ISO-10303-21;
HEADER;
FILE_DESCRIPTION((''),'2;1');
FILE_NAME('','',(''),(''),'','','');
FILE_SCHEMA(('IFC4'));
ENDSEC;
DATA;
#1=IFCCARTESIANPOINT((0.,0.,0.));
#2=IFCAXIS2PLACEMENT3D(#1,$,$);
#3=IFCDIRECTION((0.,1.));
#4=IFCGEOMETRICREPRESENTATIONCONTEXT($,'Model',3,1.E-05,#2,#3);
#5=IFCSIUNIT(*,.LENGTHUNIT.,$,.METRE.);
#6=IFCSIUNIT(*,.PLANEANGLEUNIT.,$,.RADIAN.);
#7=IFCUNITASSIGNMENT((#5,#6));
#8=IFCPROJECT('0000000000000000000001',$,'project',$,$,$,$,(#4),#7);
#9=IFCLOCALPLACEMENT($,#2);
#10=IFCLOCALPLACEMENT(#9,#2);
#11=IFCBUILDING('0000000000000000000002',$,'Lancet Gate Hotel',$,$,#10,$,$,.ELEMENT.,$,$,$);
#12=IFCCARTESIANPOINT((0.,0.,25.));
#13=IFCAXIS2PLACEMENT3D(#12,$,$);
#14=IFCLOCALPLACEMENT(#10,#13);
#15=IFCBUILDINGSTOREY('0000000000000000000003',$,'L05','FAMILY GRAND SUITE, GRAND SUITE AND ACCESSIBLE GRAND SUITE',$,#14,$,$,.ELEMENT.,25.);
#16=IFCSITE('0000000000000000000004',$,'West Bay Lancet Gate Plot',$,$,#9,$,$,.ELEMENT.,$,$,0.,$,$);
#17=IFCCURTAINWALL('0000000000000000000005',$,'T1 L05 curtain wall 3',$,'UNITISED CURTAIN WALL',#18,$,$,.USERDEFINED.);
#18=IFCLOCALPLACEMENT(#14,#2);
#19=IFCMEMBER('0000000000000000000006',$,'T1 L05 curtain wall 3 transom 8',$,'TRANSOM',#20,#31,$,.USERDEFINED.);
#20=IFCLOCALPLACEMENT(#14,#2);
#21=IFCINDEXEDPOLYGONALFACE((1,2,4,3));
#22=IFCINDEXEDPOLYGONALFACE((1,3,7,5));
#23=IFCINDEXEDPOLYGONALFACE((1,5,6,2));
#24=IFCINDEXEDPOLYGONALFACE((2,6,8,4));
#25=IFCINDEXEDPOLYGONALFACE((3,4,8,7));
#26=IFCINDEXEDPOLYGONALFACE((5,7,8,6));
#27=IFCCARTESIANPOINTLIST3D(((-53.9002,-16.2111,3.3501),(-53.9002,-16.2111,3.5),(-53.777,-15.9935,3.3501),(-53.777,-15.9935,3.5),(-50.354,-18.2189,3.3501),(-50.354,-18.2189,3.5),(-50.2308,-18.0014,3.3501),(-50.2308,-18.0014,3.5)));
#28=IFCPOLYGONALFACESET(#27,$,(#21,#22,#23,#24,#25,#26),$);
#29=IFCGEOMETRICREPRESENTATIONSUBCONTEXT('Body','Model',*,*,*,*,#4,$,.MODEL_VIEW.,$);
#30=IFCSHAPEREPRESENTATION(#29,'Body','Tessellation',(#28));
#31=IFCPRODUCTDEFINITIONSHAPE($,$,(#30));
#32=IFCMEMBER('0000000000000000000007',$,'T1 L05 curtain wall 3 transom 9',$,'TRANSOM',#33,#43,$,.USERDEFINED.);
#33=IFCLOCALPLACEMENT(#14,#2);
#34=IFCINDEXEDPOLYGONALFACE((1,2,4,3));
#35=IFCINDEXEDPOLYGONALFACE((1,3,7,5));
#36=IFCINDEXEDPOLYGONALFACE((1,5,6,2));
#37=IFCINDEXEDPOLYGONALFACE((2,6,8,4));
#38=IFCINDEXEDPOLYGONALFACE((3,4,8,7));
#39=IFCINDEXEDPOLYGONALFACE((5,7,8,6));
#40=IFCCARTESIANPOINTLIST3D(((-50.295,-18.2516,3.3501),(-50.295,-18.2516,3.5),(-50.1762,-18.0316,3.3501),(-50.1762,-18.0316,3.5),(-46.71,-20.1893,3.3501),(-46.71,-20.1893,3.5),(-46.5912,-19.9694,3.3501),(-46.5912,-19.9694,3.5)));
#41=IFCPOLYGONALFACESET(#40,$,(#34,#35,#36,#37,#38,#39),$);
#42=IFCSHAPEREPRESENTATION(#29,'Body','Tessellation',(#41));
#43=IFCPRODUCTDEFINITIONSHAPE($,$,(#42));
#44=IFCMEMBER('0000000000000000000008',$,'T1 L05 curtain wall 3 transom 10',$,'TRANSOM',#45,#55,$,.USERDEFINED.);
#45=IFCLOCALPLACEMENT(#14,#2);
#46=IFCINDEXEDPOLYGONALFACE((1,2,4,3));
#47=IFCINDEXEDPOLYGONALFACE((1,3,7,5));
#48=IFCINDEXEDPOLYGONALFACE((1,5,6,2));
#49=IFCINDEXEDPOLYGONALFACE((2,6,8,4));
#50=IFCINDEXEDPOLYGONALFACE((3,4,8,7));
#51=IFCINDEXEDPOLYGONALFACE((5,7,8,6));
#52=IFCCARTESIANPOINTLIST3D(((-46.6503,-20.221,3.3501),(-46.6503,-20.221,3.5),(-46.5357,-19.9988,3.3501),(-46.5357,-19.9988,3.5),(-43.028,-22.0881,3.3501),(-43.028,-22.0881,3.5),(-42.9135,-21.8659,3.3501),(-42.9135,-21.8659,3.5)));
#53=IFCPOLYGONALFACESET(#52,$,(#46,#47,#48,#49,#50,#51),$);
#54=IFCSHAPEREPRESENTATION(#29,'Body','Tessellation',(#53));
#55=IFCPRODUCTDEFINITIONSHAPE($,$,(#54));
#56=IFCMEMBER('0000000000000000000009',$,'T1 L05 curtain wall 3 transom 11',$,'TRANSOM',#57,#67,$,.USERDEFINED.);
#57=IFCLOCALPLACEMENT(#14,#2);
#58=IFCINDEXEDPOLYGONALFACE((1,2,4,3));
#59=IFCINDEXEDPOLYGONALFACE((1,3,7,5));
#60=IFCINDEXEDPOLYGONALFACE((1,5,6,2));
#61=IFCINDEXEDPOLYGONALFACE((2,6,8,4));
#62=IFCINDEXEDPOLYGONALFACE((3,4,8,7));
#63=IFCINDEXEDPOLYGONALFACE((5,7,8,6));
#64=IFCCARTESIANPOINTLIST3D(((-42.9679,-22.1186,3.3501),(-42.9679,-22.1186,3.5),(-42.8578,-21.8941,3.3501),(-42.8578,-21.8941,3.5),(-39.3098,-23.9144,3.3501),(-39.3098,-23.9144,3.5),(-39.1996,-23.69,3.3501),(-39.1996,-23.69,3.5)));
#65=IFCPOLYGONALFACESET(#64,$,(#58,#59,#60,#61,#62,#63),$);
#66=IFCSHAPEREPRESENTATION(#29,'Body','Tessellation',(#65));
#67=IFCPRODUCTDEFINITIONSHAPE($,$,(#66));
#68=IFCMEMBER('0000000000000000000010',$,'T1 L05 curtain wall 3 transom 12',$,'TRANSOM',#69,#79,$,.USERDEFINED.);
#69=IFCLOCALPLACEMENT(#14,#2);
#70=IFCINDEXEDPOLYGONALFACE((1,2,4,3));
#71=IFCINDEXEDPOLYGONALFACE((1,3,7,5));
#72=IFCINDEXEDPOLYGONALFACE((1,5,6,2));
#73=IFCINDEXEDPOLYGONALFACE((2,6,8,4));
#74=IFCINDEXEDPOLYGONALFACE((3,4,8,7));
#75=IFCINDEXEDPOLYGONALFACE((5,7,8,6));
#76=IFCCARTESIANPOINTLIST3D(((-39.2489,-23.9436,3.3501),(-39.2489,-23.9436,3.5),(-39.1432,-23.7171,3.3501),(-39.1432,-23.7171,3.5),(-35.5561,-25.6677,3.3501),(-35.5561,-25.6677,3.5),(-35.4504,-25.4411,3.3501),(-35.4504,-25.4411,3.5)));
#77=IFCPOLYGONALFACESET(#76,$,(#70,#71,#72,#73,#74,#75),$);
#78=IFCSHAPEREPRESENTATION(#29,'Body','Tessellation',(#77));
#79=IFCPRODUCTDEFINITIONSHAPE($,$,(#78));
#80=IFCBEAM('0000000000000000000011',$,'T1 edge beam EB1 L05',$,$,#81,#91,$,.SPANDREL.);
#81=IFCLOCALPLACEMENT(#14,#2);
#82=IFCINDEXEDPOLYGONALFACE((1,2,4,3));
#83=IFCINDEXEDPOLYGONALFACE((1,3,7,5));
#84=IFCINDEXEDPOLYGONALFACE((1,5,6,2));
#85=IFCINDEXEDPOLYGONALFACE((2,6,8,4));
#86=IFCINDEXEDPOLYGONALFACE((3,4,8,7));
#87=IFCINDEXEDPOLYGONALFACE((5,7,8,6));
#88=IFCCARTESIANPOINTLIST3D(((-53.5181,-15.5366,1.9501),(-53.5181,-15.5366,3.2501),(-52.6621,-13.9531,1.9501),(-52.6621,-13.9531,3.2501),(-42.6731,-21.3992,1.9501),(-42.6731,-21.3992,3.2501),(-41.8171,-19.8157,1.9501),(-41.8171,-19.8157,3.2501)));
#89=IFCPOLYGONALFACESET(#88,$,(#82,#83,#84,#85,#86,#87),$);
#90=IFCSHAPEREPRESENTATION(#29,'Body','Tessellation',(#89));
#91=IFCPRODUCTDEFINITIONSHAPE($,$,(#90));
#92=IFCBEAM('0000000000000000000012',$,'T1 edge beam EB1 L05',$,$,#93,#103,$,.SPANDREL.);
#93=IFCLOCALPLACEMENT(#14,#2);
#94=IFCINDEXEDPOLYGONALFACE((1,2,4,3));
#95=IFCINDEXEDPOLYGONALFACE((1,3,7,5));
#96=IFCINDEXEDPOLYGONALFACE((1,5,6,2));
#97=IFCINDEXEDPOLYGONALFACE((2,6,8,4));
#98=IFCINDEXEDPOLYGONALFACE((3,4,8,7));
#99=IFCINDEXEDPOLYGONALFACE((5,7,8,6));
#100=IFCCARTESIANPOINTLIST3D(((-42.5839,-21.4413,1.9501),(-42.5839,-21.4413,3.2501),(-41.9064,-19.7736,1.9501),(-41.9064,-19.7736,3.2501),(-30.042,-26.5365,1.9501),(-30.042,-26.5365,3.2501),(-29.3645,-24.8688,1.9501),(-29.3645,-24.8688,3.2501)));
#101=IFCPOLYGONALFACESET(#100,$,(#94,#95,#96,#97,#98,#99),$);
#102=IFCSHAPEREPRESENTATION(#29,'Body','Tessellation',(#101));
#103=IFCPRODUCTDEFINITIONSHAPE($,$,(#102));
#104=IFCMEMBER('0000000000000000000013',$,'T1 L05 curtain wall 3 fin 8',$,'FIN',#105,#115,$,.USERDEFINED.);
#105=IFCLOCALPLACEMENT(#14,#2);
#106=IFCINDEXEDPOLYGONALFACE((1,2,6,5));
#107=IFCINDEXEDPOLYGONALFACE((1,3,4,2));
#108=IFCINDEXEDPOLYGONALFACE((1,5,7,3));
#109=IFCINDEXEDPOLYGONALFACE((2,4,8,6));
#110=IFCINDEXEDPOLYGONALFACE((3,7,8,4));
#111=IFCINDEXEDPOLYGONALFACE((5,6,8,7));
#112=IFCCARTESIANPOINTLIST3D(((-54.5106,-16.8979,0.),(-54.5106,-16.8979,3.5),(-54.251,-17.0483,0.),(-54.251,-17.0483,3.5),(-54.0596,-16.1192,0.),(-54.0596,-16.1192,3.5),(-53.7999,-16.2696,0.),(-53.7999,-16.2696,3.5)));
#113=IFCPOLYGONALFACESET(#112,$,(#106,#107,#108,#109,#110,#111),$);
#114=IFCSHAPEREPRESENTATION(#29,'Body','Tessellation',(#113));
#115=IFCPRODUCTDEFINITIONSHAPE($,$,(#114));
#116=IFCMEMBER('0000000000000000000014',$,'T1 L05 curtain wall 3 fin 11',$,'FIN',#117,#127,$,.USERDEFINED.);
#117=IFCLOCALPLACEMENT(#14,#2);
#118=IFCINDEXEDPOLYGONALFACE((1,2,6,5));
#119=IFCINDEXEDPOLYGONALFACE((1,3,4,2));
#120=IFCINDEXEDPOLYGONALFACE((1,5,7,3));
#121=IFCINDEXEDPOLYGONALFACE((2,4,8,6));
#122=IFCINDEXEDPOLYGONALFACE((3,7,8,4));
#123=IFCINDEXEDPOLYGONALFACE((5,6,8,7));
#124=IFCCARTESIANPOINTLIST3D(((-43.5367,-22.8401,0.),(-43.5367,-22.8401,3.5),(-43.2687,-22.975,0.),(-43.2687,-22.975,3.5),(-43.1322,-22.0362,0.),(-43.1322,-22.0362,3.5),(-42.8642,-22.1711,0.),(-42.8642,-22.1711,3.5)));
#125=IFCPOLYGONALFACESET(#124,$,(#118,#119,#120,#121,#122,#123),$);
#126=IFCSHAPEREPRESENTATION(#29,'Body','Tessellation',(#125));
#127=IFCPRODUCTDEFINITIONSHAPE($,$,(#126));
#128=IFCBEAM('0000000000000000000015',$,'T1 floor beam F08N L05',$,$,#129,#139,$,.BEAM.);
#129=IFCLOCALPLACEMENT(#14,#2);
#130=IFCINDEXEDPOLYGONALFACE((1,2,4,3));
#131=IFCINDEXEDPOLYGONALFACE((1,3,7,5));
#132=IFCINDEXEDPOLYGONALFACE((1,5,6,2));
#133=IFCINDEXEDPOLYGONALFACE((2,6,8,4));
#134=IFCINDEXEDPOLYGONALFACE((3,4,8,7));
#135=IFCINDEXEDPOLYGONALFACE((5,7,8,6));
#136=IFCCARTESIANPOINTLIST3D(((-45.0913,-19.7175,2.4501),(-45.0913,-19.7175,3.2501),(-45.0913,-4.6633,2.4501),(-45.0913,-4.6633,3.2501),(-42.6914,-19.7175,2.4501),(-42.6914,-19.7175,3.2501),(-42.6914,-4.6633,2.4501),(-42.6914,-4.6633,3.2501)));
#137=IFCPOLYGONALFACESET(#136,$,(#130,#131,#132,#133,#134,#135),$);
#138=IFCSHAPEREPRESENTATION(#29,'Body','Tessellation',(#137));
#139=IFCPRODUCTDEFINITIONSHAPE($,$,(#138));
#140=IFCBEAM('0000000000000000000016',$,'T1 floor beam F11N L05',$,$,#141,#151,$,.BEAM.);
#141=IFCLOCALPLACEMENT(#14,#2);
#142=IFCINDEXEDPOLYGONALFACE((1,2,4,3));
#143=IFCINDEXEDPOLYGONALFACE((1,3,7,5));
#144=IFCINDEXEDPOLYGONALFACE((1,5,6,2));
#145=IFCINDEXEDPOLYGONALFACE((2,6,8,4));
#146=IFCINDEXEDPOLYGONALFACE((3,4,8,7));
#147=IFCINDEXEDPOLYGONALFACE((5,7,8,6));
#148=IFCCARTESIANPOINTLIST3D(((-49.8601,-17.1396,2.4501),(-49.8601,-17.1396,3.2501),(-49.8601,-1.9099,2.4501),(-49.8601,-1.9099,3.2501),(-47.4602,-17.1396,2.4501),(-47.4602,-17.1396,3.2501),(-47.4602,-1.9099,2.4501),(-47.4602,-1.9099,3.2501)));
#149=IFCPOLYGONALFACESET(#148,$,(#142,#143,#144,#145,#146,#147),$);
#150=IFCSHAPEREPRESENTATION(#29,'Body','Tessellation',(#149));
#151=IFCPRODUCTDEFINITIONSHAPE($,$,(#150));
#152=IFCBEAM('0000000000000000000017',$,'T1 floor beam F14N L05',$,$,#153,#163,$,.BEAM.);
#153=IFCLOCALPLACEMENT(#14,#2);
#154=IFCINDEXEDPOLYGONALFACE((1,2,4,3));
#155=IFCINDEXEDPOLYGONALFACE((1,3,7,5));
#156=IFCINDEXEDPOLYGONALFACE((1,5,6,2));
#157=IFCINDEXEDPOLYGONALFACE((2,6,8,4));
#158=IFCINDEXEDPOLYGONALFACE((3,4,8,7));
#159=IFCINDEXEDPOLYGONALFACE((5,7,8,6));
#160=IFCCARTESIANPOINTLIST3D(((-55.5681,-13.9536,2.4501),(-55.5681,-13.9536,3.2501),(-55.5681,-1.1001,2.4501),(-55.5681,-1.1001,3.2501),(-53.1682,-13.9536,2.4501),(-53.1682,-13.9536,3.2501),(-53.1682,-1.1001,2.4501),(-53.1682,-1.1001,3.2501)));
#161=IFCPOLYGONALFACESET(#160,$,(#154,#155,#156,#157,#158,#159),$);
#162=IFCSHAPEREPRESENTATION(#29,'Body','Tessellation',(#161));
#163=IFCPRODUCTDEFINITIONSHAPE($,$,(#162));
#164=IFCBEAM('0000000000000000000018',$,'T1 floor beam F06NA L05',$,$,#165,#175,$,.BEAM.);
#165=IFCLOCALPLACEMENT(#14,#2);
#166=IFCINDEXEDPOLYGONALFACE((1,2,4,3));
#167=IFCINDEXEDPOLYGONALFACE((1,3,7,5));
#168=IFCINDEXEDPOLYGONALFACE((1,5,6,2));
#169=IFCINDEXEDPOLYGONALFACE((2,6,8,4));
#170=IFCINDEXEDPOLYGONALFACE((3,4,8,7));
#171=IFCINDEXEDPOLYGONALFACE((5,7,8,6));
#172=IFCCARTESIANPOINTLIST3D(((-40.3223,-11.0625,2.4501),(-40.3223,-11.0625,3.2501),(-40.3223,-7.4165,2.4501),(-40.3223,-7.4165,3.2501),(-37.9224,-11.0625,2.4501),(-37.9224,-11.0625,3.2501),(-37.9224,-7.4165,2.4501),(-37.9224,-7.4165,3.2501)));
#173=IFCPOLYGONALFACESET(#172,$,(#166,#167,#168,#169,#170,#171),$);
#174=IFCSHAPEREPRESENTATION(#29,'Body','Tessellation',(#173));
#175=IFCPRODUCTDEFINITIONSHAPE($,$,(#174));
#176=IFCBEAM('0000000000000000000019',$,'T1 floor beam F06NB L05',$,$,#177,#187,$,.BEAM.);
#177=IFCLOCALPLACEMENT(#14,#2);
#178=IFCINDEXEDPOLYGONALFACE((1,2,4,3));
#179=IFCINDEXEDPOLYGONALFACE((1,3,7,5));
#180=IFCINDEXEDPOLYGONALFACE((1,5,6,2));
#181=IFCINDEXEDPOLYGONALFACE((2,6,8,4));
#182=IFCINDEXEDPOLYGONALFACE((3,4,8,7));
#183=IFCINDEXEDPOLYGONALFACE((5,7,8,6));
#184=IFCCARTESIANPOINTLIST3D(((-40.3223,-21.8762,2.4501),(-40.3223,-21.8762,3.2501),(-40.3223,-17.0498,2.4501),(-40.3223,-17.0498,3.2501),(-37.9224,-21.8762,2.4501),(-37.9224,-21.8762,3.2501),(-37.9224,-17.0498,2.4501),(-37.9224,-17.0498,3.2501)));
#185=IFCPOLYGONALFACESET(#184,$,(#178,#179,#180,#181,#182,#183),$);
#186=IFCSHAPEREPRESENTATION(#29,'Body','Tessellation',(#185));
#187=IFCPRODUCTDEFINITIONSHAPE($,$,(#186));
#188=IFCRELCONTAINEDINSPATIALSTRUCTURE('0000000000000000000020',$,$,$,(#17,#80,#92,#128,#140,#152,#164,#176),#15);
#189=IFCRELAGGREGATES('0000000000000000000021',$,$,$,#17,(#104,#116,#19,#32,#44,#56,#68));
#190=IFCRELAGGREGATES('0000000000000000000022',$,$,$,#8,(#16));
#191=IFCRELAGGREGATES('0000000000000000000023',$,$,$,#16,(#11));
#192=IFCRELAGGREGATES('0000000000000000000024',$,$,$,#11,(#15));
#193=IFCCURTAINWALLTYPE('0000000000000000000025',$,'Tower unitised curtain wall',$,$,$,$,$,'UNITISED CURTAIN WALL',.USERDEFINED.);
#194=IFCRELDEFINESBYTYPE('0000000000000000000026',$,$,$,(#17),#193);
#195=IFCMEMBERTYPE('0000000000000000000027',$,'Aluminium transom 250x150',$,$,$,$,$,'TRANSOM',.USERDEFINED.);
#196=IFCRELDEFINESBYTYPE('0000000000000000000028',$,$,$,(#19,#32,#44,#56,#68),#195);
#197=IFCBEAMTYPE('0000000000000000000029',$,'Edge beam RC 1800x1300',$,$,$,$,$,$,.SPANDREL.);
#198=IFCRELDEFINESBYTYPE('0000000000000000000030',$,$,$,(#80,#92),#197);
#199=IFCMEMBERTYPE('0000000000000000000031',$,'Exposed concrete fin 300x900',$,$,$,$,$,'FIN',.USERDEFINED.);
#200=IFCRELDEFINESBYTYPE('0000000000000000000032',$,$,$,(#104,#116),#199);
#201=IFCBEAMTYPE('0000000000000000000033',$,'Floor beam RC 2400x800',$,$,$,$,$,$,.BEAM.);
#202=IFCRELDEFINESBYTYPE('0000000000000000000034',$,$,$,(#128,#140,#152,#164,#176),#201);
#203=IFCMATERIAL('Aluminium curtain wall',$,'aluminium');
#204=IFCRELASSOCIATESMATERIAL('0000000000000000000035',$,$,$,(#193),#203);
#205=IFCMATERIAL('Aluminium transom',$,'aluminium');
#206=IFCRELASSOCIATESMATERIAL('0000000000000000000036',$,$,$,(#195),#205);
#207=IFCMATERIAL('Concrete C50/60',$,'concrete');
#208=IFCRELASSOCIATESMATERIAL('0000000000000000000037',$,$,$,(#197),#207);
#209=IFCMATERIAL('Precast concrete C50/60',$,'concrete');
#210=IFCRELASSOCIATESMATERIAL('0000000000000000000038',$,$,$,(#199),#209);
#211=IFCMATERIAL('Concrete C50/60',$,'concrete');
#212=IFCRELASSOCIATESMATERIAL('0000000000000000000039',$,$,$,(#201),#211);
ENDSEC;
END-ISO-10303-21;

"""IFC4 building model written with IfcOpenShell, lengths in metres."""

from ifc_helpers import new_model, si_unit, direction, frame, origin, origin_2d, place, context, subcontext, project, spatial, rectangle, extrude, material, material_profile, profile_set, type_object, element, aggregate, save


model = new_model("IFC4")

# Units and contexts
model_context = context("Model", 3, precision=1e-05, world=origin(), true_north=direction((0.0, 1.0)))
body_context = subcontext(model_context, "Body", "Model", "MODEL_VIEW")
ifc_project = project(units=[si_unit("LENGTHUNIT", "METRE"), si_unit("PLANEANGLEUNIT", "RADIAN")], contexts=[model_context])

# Site, building, storey
site_placement = place(None, origin())
site = spatial("IfcSite", under=ifc_project, at=site_placement, Name="West Bay Lancet Gate Plot", CompositionType="ELEMENT", RefElevation=0.0)
building_placement = place(site_placement, origin())
building = spatial("IfcBuilding", under=site, at=building_placement, Name="Lancet Gate Hotel", CompositionType="ELEMENT")
storey_placement = place(building_placement, frame((0.0, 0.0, 25.0)))
storey = spatial("IfcBuildingStorey", under=building, at=storey_placement, Name="L05", Description="FAMILY GRAND SUITE, GRAND SUITE AND ACCESSIBLE GRAND SUITE", CompositionType="ELEMENT", Elevation=25.0)

# Curtain wall, members
ifc_material_1 = material(Name="Aluminium curtain wall", Category="aluminium")
curtain_wall_type = type_object("IfcCurtainWallType", Name="Tower unitised curtain wall", ElementType="UNITISED CURTAIN WALL", PredefinedType="USERDEFINED", material=ifc_material_1)
curtain_wall_placement = place(storey_placement, origin())
curtain_wall = element("IfcCurtainWall", 1, at=curtain_wall_placement, inside=storey, type_object=curtain_wall_type, Name="T1 L05 curtain wall 3", ObjectType="UNITISED CURTAIN WALL", PredefinedType="USERDEFINED")
ifc_material_2 = material(Name="Aluminium transom", Category="aluminium")
ifc_material_profile_1 = material_profile(ifc_material_2, rectangle(XDim=0.25, YDim=0.1499, at=origin_2d()), Name="TRANSOM 250x150")
ifc_profile_set_1 = profile_set([ifc_material_profile_1], Name="Aluminium transom")
member_type_1 = type_object("IfcMemberType", Name="Aluminium transom 250x150", ElementType="TRANSOM", PredefinedType="USERDEFINED", material=ifc_profile_set_1)
member_1_placement = place(storey_placement, frame((-53.8386, -16.1023, 3.425), z_axis=(0.870198, -0.492703, 0.0), x_axis=(0.492703, 0.870198, 0.0)))
member_1 = element("IfcMember", 2, at=member_1_placement, type_object=member_type_1, Name="T1 L05 curtain wall 3 transom 8", ObjectType="TRANSOM", PredefinedType="USERDEFINED", context=body_context, shape_type="SweptSolid", body=[
    extrude(rectangle(XDim=0.25, YDim=0.1499, at=origin_2d()), origin(), (0.0, 0.0, 1.0), 4.0752),
])
member_2_placement = place(storey_placement, frame((-50.2356, -18.1416, 3.425), z_axis=(0.879714, -0.475503, 0.0), x_axis=(0.475503, 0.879714, 0.0)))
member_2 = element("IfcMember", 3, at=member_2_placement, type_object=member_type_1, Name="T1 L05 curtain wall 3 transom 9", ObjectType="TRANSOM", PredefinedType="USERDEFINED", context=body_context, shape_type="SweptSolid", body=[
    extrude(rectangle(XDim=0.25, YDim=0.1499, at=origin_2d()), origin(), (0.0, 0.0, 1.0), 4.0752),
])
member_3_placement = place(storey_placement, frame((-46.593, -20.1099, 3.425), z_axis=(0.88886, -0.458179, 0.0), x_axis=(0.458179, 0.88886, 0.0)))
member_3 = element("IfcMember", 4, at=member_3_placement, type_object=member_type_1, Name="T1 L05 curtain wall 3 transom 10", ObjectType="TRANSOM", PredefinedType="USERDEFINED", context=body_context, shape_type="SweptSolid", body=[
    extrude(rectangle(XDim=0.25, YDim=0.1499, at=origin_2d()), origin(), (0.0, 0.0, 1.0), 4.0752),
])
member_4_placement = place(storey_placement, frame((-42.9128, -22.0063, 3.425), z_axis=(0.897662, -0.440684, 0.0), x_axis=(0.440684, 0.897662, 0.0)))
member_4 = element("IfcMember", 5, at=member_4_placement, type_object=member_type_1, Name="T1 L05 curtain wall 3 transom 11", ObjectType="TRANSOM", PredefinedType="USERDEFINED", context=body_context, shape_type="SweptSolid", body=[
    extrude(rectangle(XDim=0.25, YDim=0.1499, at=origin_2d()), origin(), (0.0, 0.0, 1.0), 4.0752),
])
member_5_placement = place(storey_placement, frame((-39.196, -23.8303, 3.425), z_axis=(0.90611, -0.423043, 0.0), x_axis=(0.423043, 0.90611, 0.0)))
member_5 = element("IfcMember", 6, at=member_5_placement, type_object=member_type_1, Name="T1 L05 curtain wall 3 transom 12", ObjectType="TRANSOM", PredefinedType="USERDEFINED", context=body_context, shape_type="SweptSolid", body=[
    extrude(rectangle(XDim=0.25, YDim=0.1499, at=origin_2d()), origin(), (0.0, 0.0, 1.0), 4.0754),
])

# Beams
ifc_material_3 = material(Name="Concrete C50/60", Category="concrete")
ifc_material_profile_2 = material_profile(ifc_material_3, rectangle(XDim=1.8, YDim=1.3, at=origin_2d()), Name="RC 1800x1300")
ifc_profile_set_2 = profile_set([ifc_material_profile_2], Name="Concrete C50/60")
beam_type_1 = type_object("IfcBeamType", Name="Edge beam RC 1800x1300", PredefinedType="SPANDREL", material=ifc_profile_set_2)
beam_1_placement = place(storey_placement, frame((-53.0901, -14.7449, 2.6001), z_axis=(0.879693, -0.475542, 0.0), x_axis=(0.475542, 0.879693, 0.0)))
element("IfcBeam", 7, at=beam_1_placement, inside=storey, type_object=beam_type_1, Name="T1 edge beam EB1 L05", PredefinedType="SPANDREL", context=body_context, shape_type="SweptSolid", body=[
    extrude(rectangle(XDim=1.8, YDim=1.3, at=origin_2d()), origin(), (0.0, 0.0, 1.0), 12.3281),
])
beam_2_placement = place(storey_placement, frame((-42.2451, -20.6074, 2.6001), z_axis=(0.926463, -0.376385, 0.0), x_axis=(0.376385, 0.926463, 0.0)))
element("IfcBeam", 8, at=beam_2_placement, inside=storey, type_object=beam_type_1, Name="T1 edge beam EB1 L05", PredefinedType="SPANDREL", context=body_context, shape_type="SweptSolid", body=[
    extrude(rectangle(XDim=1.8, YDim=1.3, at=origin_2d()), origin(), (0.0, 0.0, 1.0), 13.5374),
])

# Members
ifc_material_4 = material(Name="Precast concrete C50/60", Category="concrete")
ifc_material_profile_3 = material_profile(ifc_material_4, rectangle(XDim=0.3, YDim=0.8999, at=origin_2d()), Name="FIN 300x900")
ifc_profile_set_3 = profile_set([ifc_material_profile_3], Name="Precast concrete C50/60")
member_type_2 = type_object("IfcMemberType", Name="Exposed concrete fin 300x900", ElementType="FIN", PredefinedType="USERDEFINED", material=ifc_profile_set_3)
member_6_placement = place(storey_placement, frame((-54.1553, -16.5837, 0.0), z_axis=(0.0, 0.0, 1.0), x_axis=(0.865335, -0.501194, 0.0)))
member_6 = element("IfcMember", 9, at=member_6_placement, type_object=member_type_2, Name="T1 L05 curtain wall 3 fin 8", ObjectType="FIN", PredefinedType="USERDEFINED", context=body_context, shape_type="SweptSolid", body=[
    extrude(rectangle(XDim=0.3, YDim=0.8999, at=origin_2d()), origin(), (0.0, 0.0, 1.0), 3.5),
])
member_7_placement = place(storey_placement, frame((-43.2004, -22.5056, 0.0), z_axis=(0.0, 0.0, 1.0), x_axis=(0.893292, -0.449478, 0.0)))
member_7 = element("IfcMember", 10, at=member_7_placement, type_object=member_type_2, Name="T1 L05 curtain wall 3 fin 11", ObjectType="FIN", PredefinedType="USERDEFINED", context=body_context, shape_type="SweptSolid", body=[
    extrude(rectangle(XDim=0.3, YDim=0.8999, at=origin_2d()), origin(), (0.0, 0.0, 1.0), 3.5),
])

# Beams
ifc_material_5 = material(Name="Concrete C50/60", Category="concrete")
ifc_material_profile_4 = material_profile(ifc_material_5, rectangle(XDim=2.3999, YDim=0.8, at=origin_2d()), Name="RC 2400x800")
ifc_profile_set_4 = profile_set([ifc_material_profile_4], Name="Concrete C50/60")
beam_type_2 = type_object("IfcBeamType", Name="Floor beam RC 2400x800", PredefinedType="BEAM", material=ifc_profile_set_4)
beam_3_placement = place(storey_placement, frame((-43.8914, -4.6633, 2.8501), z_axis=(0.0, -1.0, 0.0), x_axis=(1.0, 0.0, 0.0)))
element("IfcBeam", 11, at=beam_3_placement, inside=storey, type_object=beam_type_2, Name="T1 floor beam F08N L05", PredefinedType="BEAM", context=body_context, shape_type="SweptSolid", body=[
    extrude(rectangle(XDim=2.3999, YDim=0.8, at=origin_2d()), origin(), (0.0, 0.0, 1.0), 15.0542),
])
beam_4_placement = place(storey_placement, frame((-48.6602, -1.9099, 2.8501), z_axis=(0.0, -1.0, 0.0), x_axis=(1.0, 0.0, 0.0)))
element("IfcBeam", 12, at=beam_4_placement, inside=storey, type_object=beam_type_2, Name="T1 floor beam F11N L05", PredefinedType="BEAM", context=body_context, shape_type="SweptSolid", body=[
    extrude(rectangle(XDim=2.3999, YDim=0.8, at=origin_2d()), origin(), (0.0, 0.0, 1.0), 15.2297),
])
beam_5_placement = place(storey_placement, frame((-54.3682, -1.1001, 2.8501), z_axis=(0.0, -1.0, 0.0), x_axis=(1.0, 0.0, 0.0)))
element("IfcBeam", 13, at=beam_5_placement, inside=storey, type_object=beam_type_2, Name="T1 floor beam F14N L05", PredefinedType="BEAM", context=body_context, shape_type="SweptSolid", body=[
    extrude(rectangle(XDim=2.3999, YDim=0.8, at=origin_2d()), origin(), (0.0, 0.0, 1.0), 12.8535),
])
beam_6_placement = place(storey_placement, frame((-39.1223, -7.4165, 2.8501), z_axis=(0.0, -1.0, 0.0), x_axis=(1.0, 0.0, 0.0)))
element("IfcBeam", 14, at=beam_6_placement, inside=storey, type_object=beam_type_2, Name="T1 floor beam F06NA L05", PredefinedType="BEAM", context=body_context, shape_type="SweptSolid", body=[
    extrude(rectangle(XDim=2.3999, YDim=0.8, at=origin_2d()), origin(), (0.0, 0.0, 1.0), 3.646),
])
beam_7_placement = place(storey_placement, frame((-39.1223, -17.0498, 2.8501), z_axis=(0.0, -1.0, 0.0), x_axis=(1.0, 0.0, 0.0)))
element("IfcBeam", 15, at=beam_7_placement, inside=storey, type_object=beam_type_2, Name="T1 floor beam F06NB L05", PredefinedType="BEAM", context=body_context, shape_type="SweptSolid", body=[
    extrude(rectangle(XDim=2.3999, YDim=0.8, at=origin_2d()), origin(), (0.0, 0.0, 1.0), 4.8264),
])

aggregate(curtain_wall, [member_6, member_7, member_1, member_2, member_3, member_4, member_5])

save(model, "model.ifc")
